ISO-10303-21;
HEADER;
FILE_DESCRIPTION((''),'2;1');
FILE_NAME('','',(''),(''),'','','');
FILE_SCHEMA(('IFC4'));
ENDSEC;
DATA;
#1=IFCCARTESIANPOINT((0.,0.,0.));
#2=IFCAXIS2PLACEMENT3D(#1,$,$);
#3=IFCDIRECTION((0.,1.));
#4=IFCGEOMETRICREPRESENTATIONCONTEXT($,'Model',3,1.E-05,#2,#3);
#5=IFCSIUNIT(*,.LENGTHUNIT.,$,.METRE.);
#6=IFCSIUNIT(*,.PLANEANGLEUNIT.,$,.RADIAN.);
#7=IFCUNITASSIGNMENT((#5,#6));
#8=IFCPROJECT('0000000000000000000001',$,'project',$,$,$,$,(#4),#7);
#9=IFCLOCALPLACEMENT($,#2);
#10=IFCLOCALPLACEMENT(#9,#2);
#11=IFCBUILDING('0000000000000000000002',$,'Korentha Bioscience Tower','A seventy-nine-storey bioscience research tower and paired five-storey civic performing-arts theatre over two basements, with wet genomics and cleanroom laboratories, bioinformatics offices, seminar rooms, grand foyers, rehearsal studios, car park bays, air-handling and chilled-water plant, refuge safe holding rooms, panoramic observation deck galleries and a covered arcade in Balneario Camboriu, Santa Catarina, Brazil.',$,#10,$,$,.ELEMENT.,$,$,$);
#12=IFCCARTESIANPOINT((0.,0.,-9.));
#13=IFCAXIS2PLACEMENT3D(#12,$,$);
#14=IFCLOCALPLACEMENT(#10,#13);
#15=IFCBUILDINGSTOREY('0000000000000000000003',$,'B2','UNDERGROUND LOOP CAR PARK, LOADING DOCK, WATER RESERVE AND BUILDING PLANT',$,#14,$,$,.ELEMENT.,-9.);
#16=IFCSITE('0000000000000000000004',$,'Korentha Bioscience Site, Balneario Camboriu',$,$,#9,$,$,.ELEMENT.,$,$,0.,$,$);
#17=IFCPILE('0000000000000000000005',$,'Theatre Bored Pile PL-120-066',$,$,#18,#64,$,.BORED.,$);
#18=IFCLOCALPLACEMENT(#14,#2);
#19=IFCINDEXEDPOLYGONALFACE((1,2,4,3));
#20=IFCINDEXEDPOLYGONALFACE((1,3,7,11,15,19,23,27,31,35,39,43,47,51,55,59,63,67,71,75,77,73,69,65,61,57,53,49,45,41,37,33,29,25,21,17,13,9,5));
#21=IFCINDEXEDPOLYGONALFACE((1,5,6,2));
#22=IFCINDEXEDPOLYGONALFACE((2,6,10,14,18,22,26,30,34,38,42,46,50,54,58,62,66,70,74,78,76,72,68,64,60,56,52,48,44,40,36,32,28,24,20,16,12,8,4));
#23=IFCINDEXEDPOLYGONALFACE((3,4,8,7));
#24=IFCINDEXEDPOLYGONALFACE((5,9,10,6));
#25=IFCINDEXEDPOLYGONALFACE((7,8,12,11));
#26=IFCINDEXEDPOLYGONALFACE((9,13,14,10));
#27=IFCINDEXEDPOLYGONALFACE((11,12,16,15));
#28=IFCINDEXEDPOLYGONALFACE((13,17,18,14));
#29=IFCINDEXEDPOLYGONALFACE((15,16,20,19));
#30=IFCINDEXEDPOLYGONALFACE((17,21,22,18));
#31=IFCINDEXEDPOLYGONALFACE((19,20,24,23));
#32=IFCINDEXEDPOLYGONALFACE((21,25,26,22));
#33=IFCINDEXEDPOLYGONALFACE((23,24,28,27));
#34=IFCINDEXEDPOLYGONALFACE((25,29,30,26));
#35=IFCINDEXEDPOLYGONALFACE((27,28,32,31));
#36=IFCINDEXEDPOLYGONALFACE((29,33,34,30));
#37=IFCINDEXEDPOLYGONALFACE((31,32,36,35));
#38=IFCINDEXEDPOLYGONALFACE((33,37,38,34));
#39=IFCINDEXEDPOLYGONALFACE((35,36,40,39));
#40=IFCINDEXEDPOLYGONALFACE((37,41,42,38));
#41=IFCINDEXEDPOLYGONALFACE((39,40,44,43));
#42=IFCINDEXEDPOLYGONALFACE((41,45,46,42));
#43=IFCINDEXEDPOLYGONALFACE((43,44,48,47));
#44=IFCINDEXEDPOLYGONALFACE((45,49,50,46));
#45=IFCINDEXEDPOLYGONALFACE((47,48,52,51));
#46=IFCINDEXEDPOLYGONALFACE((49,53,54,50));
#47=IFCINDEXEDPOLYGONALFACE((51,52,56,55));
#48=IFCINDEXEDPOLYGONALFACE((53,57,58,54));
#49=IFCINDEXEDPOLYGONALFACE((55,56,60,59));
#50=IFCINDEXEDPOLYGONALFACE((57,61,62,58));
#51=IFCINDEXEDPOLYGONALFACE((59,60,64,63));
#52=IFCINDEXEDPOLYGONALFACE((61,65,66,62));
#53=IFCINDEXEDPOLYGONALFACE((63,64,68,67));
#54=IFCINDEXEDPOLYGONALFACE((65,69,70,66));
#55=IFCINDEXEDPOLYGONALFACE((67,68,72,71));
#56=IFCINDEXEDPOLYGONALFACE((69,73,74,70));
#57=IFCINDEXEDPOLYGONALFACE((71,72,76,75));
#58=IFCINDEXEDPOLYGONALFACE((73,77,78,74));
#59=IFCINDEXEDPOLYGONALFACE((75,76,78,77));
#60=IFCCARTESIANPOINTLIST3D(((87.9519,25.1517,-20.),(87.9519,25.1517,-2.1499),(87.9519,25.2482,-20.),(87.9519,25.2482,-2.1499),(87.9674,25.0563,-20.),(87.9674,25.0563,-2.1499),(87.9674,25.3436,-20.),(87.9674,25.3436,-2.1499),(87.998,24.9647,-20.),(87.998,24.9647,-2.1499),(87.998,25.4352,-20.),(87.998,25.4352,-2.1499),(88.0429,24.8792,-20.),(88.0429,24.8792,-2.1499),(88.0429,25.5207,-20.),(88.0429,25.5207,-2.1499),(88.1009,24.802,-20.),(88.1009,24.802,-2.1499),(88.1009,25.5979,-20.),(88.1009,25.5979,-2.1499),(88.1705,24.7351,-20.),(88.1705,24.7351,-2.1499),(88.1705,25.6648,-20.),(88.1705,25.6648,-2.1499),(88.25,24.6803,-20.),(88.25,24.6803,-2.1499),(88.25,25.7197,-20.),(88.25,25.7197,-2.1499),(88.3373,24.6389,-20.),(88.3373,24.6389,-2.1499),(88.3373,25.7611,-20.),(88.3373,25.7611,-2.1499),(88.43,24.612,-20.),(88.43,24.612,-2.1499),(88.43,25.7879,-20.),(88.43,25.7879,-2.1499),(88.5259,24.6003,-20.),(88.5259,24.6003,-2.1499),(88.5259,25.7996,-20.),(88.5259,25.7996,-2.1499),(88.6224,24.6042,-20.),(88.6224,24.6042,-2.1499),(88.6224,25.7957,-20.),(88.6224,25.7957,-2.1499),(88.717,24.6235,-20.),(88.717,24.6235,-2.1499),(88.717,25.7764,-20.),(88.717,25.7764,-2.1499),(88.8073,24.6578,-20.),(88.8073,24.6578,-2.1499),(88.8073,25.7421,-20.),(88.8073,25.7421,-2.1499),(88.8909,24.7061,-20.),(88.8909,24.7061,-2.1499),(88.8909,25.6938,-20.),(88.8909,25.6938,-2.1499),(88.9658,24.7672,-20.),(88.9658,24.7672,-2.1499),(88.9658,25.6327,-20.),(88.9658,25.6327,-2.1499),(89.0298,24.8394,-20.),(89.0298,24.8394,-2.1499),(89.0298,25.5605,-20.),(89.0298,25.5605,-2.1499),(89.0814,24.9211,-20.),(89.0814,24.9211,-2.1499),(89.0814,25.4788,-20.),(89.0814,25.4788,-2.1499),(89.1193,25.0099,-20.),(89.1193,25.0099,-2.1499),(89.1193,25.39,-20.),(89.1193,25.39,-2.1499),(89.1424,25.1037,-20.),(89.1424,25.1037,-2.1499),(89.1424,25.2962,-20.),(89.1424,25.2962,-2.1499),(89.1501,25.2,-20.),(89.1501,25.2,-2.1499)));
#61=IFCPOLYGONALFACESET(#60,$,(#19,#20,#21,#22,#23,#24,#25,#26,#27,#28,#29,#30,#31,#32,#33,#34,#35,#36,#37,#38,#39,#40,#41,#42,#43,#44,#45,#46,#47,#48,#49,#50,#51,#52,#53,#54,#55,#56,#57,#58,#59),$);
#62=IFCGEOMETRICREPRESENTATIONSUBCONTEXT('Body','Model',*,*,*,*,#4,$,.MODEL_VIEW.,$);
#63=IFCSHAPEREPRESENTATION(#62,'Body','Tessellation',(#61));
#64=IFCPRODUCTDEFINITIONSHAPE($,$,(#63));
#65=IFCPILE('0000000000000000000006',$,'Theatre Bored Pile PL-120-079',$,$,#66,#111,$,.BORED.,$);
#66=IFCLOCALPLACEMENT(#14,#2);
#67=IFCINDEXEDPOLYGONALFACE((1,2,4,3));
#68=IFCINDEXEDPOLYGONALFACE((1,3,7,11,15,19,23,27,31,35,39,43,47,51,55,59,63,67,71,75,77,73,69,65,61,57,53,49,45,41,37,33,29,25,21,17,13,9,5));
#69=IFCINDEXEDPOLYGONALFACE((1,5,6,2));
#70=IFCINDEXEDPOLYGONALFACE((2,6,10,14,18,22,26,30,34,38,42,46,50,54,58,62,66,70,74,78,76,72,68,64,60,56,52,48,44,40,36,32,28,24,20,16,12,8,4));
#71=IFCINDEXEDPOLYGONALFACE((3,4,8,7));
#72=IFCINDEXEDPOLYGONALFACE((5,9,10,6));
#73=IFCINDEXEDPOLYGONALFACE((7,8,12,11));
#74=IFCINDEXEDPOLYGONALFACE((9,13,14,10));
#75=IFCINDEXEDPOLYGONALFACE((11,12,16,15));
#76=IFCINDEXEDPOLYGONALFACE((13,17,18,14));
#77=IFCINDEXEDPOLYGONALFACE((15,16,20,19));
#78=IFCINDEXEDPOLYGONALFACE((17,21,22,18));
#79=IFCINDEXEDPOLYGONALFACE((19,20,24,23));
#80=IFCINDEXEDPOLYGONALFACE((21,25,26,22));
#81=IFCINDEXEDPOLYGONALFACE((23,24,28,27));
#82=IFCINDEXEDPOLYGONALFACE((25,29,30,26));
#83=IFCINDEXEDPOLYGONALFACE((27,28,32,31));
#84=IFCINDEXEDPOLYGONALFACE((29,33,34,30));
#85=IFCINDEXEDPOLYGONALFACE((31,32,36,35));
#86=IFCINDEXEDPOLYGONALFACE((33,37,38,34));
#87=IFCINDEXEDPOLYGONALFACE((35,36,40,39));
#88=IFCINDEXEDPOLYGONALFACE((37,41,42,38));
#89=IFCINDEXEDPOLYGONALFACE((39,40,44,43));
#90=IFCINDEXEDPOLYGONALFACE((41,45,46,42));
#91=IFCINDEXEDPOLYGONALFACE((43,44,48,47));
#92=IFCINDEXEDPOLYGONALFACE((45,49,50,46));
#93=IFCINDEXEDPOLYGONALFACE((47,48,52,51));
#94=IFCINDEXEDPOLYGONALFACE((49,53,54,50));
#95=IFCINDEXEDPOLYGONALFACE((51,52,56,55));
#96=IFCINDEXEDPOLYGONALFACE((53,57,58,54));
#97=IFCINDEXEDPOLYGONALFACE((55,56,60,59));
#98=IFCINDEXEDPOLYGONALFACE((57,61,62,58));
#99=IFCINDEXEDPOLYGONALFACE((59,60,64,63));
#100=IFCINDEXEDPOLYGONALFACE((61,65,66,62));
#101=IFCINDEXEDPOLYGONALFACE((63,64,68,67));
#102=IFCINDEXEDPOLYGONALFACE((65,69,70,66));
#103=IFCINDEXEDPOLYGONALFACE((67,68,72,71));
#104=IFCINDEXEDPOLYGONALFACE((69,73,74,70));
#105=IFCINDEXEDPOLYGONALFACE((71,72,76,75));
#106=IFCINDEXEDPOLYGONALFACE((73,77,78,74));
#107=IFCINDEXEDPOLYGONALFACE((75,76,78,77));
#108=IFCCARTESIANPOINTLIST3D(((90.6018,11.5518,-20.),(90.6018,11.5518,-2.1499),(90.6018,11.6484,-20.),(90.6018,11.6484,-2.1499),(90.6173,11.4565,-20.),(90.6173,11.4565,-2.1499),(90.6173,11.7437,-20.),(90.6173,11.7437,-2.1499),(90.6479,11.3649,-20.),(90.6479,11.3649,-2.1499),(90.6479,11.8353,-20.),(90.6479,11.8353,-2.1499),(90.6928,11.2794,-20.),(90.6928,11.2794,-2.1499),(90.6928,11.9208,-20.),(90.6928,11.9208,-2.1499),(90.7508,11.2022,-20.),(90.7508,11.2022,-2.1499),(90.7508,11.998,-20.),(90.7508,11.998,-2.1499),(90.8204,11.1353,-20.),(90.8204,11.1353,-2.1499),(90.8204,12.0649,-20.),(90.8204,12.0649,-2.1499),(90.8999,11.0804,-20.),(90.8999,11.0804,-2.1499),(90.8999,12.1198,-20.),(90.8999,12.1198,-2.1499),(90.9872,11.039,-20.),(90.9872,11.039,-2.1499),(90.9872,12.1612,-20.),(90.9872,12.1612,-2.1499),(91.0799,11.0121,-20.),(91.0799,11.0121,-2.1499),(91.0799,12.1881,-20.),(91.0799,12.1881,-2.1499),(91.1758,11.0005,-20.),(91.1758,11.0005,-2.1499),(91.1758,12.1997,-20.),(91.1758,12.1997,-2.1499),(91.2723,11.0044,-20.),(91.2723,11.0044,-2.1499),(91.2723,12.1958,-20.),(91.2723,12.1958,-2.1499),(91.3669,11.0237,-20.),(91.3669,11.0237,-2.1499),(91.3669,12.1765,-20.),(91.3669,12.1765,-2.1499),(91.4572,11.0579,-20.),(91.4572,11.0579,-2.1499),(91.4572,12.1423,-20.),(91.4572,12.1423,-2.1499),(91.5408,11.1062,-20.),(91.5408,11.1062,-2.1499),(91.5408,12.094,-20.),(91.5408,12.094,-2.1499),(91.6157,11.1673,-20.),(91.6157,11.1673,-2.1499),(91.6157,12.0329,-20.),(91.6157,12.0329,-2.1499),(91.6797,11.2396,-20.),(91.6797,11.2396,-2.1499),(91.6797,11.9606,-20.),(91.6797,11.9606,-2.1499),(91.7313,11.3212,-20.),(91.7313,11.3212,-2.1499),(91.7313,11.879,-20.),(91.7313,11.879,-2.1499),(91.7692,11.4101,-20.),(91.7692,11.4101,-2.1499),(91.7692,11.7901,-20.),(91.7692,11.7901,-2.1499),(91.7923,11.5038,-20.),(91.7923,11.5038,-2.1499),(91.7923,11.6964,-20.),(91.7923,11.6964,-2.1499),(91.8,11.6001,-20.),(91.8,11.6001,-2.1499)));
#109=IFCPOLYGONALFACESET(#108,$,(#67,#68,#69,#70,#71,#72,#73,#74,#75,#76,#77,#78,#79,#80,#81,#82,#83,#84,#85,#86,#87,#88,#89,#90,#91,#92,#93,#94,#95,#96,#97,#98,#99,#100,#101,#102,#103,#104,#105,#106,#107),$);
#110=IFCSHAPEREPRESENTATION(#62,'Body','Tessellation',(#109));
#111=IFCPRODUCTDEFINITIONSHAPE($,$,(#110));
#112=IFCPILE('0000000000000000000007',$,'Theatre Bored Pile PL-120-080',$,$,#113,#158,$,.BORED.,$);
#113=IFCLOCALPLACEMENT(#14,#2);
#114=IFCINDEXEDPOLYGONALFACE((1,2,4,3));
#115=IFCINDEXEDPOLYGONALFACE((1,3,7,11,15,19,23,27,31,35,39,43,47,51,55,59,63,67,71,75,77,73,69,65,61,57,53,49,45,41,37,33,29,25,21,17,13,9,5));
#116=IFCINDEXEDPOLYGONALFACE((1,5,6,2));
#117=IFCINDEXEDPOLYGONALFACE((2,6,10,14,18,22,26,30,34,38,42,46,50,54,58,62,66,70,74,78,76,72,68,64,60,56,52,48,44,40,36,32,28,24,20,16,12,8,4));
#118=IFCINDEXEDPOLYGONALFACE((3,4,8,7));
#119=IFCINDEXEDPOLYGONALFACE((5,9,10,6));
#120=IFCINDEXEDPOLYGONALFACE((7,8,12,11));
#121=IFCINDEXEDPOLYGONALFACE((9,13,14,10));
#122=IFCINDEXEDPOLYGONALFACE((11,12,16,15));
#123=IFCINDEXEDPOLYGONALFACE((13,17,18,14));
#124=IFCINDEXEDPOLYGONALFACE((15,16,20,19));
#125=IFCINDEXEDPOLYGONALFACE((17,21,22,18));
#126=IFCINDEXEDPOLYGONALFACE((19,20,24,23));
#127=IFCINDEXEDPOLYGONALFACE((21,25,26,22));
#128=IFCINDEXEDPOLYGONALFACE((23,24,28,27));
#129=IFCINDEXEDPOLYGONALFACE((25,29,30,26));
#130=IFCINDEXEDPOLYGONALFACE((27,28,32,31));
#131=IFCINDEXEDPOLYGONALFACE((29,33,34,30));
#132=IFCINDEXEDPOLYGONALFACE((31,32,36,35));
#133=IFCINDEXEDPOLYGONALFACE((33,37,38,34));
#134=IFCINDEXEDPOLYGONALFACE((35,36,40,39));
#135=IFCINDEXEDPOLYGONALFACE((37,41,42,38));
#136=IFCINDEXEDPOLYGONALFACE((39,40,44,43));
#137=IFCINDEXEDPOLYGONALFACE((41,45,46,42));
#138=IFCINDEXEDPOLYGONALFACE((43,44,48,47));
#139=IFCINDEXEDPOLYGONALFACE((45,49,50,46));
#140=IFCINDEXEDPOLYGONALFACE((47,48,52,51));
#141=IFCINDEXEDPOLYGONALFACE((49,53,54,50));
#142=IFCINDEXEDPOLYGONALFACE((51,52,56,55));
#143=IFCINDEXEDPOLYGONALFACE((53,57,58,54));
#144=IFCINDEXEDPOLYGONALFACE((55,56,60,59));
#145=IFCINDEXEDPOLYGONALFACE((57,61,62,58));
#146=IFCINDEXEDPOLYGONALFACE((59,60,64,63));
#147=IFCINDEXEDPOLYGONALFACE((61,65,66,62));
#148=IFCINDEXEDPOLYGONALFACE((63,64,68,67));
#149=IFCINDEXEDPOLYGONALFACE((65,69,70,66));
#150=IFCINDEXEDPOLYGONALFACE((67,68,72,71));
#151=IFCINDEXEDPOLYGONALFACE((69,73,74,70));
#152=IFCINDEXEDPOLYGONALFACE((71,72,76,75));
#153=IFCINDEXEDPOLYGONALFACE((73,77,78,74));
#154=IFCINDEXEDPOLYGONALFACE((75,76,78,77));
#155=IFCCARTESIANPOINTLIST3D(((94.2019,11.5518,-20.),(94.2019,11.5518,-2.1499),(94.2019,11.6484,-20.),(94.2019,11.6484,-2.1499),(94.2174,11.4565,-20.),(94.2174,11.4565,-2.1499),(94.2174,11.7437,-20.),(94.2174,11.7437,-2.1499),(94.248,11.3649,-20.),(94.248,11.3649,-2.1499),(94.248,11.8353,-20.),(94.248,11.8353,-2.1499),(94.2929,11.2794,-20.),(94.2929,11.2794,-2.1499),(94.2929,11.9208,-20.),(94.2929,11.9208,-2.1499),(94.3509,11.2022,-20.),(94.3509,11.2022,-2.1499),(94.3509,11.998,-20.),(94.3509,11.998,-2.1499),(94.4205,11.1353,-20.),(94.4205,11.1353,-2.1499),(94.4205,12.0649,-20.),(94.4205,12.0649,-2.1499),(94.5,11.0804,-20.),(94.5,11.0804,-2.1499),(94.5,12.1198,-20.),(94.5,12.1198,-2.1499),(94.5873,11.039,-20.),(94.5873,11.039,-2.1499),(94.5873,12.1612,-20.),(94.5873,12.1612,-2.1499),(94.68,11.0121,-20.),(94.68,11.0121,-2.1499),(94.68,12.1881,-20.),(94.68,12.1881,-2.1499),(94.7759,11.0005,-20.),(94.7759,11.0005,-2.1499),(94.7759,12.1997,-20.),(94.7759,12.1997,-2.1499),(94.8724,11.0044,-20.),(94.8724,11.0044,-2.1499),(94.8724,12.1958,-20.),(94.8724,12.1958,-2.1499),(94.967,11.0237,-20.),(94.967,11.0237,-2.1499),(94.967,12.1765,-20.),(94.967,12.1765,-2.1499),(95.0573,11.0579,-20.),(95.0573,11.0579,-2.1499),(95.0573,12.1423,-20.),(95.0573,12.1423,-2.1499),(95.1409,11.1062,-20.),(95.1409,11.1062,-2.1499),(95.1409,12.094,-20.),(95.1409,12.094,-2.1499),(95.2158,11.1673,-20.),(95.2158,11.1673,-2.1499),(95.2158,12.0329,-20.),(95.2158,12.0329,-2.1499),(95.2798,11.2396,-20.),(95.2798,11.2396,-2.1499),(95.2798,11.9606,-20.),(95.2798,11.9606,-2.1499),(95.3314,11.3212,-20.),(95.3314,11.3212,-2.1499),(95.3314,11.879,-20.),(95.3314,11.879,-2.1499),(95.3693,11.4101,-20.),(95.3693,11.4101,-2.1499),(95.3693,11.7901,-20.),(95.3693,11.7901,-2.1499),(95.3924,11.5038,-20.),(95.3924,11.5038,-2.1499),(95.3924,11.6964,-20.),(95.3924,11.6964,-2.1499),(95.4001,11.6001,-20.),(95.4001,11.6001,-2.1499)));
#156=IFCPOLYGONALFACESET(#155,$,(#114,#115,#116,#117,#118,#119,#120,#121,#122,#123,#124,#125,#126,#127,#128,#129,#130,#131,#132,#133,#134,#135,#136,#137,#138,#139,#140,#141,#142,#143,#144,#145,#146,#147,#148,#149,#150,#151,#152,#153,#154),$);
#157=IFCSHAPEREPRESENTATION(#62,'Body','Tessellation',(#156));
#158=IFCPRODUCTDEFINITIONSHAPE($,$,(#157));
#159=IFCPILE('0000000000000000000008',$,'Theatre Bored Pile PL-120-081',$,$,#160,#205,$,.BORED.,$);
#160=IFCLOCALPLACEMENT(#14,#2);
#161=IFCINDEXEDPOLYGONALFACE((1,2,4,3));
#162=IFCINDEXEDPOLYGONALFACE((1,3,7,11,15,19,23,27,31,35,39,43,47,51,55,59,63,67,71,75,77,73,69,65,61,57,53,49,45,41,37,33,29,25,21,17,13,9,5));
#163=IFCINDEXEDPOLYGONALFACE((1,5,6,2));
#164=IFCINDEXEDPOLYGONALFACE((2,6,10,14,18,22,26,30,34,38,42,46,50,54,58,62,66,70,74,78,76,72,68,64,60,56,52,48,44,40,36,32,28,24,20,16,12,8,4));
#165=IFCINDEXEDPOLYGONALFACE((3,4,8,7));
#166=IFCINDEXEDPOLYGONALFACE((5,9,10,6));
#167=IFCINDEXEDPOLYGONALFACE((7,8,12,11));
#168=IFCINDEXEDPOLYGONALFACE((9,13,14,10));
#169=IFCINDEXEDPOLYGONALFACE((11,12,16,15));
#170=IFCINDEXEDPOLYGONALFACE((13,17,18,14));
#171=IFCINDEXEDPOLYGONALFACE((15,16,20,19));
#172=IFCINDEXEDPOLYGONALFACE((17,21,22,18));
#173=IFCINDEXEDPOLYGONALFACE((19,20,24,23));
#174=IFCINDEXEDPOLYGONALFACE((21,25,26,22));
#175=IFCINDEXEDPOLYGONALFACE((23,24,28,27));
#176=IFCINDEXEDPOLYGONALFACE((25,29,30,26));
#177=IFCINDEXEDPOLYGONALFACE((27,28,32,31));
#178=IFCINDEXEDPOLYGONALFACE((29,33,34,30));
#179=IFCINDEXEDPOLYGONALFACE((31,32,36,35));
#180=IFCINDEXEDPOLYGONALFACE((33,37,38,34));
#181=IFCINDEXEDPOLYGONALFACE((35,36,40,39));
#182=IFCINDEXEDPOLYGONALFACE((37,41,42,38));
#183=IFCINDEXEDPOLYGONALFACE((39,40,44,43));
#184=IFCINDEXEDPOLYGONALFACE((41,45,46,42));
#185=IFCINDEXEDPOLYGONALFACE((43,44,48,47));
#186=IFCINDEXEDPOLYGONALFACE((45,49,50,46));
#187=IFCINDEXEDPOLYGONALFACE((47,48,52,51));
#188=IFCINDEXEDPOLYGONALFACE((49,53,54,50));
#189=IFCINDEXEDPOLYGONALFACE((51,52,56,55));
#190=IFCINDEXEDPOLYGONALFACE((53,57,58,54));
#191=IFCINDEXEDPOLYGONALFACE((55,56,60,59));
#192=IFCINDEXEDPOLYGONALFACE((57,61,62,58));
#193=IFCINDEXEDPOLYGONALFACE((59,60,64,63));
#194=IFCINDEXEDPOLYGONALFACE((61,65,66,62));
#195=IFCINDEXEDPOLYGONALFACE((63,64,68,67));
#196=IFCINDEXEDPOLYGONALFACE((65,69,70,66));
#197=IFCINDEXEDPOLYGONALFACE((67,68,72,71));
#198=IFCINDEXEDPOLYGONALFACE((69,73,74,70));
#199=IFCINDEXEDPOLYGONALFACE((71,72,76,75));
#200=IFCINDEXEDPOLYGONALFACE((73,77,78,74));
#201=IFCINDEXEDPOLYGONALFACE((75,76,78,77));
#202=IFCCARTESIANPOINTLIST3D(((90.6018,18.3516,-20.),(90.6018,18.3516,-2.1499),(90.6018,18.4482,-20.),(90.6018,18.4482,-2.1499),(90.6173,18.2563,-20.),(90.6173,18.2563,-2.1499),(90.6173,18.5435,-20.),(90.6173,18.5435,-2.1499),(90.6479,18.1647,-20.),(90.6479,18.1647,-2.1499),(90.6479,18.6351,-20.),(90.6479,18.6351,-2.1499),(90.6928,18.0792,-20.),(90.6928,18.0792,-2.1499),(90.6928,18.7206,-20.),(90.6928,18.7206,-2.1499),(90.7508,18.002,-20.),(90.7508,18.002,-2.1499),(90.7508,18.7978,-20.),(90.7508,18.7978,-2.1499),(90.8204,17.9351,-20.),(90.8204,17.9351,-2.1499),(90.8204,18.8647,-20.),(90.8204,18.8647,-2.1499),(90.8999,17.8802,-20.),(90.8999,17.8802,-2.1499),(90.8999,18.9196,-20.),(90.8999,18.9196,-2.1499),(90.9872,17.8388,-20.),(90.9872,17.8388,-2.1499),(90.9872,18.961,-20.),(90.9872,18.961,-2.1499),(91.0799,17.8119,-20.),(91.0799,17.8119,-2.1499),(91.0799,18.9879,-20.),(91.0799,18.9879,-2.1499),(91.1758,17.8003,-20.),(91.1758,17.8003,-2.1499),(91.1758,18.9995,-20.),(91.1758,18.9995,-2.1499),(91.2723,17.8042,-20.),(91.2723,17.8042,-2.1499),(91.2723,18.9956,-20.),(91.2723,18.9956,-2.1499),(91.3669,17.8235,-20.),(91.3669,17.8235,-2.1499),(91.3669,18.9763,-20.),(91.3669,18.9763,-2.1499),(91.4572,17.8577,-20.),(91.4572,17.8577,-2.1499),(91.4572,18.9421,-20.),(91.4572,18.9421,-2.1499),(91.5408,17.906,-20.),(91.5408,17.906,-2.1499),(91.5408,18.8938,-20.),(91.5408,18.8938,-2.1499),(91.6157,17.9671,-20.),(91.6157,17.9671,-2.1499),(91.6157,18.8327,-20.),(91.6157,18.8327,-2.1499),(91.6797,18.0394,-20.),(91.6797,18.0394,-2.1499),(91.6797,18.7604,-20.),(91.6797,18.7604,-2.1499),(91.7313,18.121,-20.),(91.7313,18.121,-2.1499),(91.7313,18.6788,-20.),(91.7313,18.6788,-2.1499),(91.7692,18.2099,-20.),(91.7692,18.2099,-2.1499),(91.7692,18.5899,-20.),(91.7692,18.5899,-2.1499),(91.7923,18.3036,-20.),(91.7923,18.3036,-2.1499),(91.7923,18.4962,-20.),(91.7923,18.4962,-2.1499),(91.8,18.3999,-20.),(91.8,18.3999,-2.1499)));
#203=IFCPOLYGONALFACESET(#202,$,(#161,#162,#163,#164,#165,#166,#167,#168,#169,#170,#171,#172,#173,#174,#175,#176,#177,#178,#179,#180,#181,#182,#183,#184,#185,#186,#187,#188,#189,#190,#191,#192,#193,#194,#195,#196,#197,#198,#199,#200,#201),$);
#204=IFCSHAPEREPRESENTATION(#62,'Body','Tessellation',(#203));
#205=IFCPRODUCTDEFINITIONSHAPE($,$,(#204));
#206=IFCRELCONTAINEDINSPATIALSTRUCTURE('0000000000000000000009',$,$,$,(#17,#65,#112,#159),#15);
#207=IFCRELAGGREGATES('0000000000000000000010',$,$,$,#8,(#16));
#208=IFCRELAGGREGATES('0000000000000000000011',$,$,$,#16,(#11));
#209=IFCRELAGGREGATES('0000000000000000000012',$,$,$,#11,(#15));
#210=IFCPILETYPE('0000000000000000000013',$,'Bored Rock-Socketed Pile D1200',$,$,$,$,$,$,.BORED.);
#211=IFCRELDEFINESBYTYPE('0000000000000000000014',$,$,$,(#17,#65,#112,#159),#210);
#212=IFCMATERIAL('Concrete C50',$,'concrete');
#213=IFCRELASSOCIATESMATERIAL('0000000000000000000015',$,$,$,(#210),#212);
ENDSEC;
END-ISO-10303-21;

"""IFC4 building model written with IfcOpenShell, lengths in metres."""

from ifc_helpers import new_model, si_unit, direction, frame, origin, origin_2d, place, context, subcontext, project, spatial, circle, extrude, material, material_profile, profile_set, type_object, element, save


model = new_model("IFC4")

# Units and contexts
model_context = context("Model", 3, precision=1e-05, world=origin(), true_north=direction((0.0, 1.0)))
body_context = subcontext(model_context, "Body", "Model", "MODEL_VIEW")
ifc_project = project(units=[si_unit("LENGTHUNIT", "METRE"), si_unit("PLANEANGLEUNIT", "RADIAN")], contexts=[model_context])

# Site, building, storey
site_placement = place(None, origin())
site = spatial("IfcSite", under=ifc_project, at=site_placement, Name="Korentha Bioscience Site, Balneario Camboriu", CompositionType="ELEMENT", RefElevation=0.0)
building_placement = place(site_placement, origin())
building = spatial("IfcBuilding", under=site, at=building_placement, Name="Korentha Bioscience Tower", Description="A seventy-nine-storey bioscience research tower and paired five-storey civic performing-arts theatre over two basements, with wet genomics and cleanroom laboratories, bioinformatics offices, seminar rooms, grand foyers, rehearsal studios, car park bays, air-handling and chilled-water plant, refuge safe holding rooms, panoramic observation deck galleries and a covered arcade in Balneario Camboriu, Santa Catarina, Brazil.", CompositionType="ELEMENT")
storey_placement = place(building_placement, frame((0.0, 0.0, -9.0)))
storey = spatial("IfcBuildingStorey", under=building, at=storey_placement, Name="B2", Description="UNDERGROUND LOOP CAR PARK, LOADING DOCK, WATER RESERVE AND BUILDING PLANT", CompositionType="ELEMENT", Elevation=-9.0)

# Piles
ifc_material_1 = material(Name="Concrete C50", Category="concrete")
ifc_material_profile_1 = material_profile(ifc_material_1, circle(Radius=0.6001, at=origin_2d()), Name="Concrete C50")
ifc_profile_set_1 = profile_set([ifc_material_profile_1], Name="Concrete C50 (PL-120)")
pile_type = type_object("IfcPileType", Name="Bored Rock-Socketed Pile D1200", PredefinedType="BORED", material=ifc_profile_set_1)
for number, where, z_axis, x_axis, name in (
    (1, (88.55, 25.2, -2.1499), (0.0, 0.0, -1.0), (1.0, 0.0, 0.0), "Theatre Bored Pile PL-120-066"),
    (2, (91.2, 11.6001, -2.1499), (0.0, 0.0, -1.0), (1.0, 0.0, 0.0), "Theatre Bored Pile PL-120-079"),
    (3, (94.8, 11.6001, -2.1499), (0.0, 0.0, -1.0), (1.0, 0.0, 0.0), "Theatre Bored Pile PL-120-080"),
    (4, (91.2, 18.3999, -2.1499), (0.0, 0.0, -1.0), (1.0, 0.0, 0.0), "Theatre Bored Pile PL-120-081"),
):
    element("IfcPile", number, at=place(storey_placement, frame(where, z_axis=z_axis, x_axis=x_axis)), inside=storey, type_object=pile_type, Name=name, PredefinedType="BORED", context=body_context, shape_type="SweptSolid", body=[
        extrude(circle(Radius=0.6001, at=origin_2d()), origin(), (0.0, 0.0, 1.0), 17.8501),
    ])

save(model, "model.ifc")
